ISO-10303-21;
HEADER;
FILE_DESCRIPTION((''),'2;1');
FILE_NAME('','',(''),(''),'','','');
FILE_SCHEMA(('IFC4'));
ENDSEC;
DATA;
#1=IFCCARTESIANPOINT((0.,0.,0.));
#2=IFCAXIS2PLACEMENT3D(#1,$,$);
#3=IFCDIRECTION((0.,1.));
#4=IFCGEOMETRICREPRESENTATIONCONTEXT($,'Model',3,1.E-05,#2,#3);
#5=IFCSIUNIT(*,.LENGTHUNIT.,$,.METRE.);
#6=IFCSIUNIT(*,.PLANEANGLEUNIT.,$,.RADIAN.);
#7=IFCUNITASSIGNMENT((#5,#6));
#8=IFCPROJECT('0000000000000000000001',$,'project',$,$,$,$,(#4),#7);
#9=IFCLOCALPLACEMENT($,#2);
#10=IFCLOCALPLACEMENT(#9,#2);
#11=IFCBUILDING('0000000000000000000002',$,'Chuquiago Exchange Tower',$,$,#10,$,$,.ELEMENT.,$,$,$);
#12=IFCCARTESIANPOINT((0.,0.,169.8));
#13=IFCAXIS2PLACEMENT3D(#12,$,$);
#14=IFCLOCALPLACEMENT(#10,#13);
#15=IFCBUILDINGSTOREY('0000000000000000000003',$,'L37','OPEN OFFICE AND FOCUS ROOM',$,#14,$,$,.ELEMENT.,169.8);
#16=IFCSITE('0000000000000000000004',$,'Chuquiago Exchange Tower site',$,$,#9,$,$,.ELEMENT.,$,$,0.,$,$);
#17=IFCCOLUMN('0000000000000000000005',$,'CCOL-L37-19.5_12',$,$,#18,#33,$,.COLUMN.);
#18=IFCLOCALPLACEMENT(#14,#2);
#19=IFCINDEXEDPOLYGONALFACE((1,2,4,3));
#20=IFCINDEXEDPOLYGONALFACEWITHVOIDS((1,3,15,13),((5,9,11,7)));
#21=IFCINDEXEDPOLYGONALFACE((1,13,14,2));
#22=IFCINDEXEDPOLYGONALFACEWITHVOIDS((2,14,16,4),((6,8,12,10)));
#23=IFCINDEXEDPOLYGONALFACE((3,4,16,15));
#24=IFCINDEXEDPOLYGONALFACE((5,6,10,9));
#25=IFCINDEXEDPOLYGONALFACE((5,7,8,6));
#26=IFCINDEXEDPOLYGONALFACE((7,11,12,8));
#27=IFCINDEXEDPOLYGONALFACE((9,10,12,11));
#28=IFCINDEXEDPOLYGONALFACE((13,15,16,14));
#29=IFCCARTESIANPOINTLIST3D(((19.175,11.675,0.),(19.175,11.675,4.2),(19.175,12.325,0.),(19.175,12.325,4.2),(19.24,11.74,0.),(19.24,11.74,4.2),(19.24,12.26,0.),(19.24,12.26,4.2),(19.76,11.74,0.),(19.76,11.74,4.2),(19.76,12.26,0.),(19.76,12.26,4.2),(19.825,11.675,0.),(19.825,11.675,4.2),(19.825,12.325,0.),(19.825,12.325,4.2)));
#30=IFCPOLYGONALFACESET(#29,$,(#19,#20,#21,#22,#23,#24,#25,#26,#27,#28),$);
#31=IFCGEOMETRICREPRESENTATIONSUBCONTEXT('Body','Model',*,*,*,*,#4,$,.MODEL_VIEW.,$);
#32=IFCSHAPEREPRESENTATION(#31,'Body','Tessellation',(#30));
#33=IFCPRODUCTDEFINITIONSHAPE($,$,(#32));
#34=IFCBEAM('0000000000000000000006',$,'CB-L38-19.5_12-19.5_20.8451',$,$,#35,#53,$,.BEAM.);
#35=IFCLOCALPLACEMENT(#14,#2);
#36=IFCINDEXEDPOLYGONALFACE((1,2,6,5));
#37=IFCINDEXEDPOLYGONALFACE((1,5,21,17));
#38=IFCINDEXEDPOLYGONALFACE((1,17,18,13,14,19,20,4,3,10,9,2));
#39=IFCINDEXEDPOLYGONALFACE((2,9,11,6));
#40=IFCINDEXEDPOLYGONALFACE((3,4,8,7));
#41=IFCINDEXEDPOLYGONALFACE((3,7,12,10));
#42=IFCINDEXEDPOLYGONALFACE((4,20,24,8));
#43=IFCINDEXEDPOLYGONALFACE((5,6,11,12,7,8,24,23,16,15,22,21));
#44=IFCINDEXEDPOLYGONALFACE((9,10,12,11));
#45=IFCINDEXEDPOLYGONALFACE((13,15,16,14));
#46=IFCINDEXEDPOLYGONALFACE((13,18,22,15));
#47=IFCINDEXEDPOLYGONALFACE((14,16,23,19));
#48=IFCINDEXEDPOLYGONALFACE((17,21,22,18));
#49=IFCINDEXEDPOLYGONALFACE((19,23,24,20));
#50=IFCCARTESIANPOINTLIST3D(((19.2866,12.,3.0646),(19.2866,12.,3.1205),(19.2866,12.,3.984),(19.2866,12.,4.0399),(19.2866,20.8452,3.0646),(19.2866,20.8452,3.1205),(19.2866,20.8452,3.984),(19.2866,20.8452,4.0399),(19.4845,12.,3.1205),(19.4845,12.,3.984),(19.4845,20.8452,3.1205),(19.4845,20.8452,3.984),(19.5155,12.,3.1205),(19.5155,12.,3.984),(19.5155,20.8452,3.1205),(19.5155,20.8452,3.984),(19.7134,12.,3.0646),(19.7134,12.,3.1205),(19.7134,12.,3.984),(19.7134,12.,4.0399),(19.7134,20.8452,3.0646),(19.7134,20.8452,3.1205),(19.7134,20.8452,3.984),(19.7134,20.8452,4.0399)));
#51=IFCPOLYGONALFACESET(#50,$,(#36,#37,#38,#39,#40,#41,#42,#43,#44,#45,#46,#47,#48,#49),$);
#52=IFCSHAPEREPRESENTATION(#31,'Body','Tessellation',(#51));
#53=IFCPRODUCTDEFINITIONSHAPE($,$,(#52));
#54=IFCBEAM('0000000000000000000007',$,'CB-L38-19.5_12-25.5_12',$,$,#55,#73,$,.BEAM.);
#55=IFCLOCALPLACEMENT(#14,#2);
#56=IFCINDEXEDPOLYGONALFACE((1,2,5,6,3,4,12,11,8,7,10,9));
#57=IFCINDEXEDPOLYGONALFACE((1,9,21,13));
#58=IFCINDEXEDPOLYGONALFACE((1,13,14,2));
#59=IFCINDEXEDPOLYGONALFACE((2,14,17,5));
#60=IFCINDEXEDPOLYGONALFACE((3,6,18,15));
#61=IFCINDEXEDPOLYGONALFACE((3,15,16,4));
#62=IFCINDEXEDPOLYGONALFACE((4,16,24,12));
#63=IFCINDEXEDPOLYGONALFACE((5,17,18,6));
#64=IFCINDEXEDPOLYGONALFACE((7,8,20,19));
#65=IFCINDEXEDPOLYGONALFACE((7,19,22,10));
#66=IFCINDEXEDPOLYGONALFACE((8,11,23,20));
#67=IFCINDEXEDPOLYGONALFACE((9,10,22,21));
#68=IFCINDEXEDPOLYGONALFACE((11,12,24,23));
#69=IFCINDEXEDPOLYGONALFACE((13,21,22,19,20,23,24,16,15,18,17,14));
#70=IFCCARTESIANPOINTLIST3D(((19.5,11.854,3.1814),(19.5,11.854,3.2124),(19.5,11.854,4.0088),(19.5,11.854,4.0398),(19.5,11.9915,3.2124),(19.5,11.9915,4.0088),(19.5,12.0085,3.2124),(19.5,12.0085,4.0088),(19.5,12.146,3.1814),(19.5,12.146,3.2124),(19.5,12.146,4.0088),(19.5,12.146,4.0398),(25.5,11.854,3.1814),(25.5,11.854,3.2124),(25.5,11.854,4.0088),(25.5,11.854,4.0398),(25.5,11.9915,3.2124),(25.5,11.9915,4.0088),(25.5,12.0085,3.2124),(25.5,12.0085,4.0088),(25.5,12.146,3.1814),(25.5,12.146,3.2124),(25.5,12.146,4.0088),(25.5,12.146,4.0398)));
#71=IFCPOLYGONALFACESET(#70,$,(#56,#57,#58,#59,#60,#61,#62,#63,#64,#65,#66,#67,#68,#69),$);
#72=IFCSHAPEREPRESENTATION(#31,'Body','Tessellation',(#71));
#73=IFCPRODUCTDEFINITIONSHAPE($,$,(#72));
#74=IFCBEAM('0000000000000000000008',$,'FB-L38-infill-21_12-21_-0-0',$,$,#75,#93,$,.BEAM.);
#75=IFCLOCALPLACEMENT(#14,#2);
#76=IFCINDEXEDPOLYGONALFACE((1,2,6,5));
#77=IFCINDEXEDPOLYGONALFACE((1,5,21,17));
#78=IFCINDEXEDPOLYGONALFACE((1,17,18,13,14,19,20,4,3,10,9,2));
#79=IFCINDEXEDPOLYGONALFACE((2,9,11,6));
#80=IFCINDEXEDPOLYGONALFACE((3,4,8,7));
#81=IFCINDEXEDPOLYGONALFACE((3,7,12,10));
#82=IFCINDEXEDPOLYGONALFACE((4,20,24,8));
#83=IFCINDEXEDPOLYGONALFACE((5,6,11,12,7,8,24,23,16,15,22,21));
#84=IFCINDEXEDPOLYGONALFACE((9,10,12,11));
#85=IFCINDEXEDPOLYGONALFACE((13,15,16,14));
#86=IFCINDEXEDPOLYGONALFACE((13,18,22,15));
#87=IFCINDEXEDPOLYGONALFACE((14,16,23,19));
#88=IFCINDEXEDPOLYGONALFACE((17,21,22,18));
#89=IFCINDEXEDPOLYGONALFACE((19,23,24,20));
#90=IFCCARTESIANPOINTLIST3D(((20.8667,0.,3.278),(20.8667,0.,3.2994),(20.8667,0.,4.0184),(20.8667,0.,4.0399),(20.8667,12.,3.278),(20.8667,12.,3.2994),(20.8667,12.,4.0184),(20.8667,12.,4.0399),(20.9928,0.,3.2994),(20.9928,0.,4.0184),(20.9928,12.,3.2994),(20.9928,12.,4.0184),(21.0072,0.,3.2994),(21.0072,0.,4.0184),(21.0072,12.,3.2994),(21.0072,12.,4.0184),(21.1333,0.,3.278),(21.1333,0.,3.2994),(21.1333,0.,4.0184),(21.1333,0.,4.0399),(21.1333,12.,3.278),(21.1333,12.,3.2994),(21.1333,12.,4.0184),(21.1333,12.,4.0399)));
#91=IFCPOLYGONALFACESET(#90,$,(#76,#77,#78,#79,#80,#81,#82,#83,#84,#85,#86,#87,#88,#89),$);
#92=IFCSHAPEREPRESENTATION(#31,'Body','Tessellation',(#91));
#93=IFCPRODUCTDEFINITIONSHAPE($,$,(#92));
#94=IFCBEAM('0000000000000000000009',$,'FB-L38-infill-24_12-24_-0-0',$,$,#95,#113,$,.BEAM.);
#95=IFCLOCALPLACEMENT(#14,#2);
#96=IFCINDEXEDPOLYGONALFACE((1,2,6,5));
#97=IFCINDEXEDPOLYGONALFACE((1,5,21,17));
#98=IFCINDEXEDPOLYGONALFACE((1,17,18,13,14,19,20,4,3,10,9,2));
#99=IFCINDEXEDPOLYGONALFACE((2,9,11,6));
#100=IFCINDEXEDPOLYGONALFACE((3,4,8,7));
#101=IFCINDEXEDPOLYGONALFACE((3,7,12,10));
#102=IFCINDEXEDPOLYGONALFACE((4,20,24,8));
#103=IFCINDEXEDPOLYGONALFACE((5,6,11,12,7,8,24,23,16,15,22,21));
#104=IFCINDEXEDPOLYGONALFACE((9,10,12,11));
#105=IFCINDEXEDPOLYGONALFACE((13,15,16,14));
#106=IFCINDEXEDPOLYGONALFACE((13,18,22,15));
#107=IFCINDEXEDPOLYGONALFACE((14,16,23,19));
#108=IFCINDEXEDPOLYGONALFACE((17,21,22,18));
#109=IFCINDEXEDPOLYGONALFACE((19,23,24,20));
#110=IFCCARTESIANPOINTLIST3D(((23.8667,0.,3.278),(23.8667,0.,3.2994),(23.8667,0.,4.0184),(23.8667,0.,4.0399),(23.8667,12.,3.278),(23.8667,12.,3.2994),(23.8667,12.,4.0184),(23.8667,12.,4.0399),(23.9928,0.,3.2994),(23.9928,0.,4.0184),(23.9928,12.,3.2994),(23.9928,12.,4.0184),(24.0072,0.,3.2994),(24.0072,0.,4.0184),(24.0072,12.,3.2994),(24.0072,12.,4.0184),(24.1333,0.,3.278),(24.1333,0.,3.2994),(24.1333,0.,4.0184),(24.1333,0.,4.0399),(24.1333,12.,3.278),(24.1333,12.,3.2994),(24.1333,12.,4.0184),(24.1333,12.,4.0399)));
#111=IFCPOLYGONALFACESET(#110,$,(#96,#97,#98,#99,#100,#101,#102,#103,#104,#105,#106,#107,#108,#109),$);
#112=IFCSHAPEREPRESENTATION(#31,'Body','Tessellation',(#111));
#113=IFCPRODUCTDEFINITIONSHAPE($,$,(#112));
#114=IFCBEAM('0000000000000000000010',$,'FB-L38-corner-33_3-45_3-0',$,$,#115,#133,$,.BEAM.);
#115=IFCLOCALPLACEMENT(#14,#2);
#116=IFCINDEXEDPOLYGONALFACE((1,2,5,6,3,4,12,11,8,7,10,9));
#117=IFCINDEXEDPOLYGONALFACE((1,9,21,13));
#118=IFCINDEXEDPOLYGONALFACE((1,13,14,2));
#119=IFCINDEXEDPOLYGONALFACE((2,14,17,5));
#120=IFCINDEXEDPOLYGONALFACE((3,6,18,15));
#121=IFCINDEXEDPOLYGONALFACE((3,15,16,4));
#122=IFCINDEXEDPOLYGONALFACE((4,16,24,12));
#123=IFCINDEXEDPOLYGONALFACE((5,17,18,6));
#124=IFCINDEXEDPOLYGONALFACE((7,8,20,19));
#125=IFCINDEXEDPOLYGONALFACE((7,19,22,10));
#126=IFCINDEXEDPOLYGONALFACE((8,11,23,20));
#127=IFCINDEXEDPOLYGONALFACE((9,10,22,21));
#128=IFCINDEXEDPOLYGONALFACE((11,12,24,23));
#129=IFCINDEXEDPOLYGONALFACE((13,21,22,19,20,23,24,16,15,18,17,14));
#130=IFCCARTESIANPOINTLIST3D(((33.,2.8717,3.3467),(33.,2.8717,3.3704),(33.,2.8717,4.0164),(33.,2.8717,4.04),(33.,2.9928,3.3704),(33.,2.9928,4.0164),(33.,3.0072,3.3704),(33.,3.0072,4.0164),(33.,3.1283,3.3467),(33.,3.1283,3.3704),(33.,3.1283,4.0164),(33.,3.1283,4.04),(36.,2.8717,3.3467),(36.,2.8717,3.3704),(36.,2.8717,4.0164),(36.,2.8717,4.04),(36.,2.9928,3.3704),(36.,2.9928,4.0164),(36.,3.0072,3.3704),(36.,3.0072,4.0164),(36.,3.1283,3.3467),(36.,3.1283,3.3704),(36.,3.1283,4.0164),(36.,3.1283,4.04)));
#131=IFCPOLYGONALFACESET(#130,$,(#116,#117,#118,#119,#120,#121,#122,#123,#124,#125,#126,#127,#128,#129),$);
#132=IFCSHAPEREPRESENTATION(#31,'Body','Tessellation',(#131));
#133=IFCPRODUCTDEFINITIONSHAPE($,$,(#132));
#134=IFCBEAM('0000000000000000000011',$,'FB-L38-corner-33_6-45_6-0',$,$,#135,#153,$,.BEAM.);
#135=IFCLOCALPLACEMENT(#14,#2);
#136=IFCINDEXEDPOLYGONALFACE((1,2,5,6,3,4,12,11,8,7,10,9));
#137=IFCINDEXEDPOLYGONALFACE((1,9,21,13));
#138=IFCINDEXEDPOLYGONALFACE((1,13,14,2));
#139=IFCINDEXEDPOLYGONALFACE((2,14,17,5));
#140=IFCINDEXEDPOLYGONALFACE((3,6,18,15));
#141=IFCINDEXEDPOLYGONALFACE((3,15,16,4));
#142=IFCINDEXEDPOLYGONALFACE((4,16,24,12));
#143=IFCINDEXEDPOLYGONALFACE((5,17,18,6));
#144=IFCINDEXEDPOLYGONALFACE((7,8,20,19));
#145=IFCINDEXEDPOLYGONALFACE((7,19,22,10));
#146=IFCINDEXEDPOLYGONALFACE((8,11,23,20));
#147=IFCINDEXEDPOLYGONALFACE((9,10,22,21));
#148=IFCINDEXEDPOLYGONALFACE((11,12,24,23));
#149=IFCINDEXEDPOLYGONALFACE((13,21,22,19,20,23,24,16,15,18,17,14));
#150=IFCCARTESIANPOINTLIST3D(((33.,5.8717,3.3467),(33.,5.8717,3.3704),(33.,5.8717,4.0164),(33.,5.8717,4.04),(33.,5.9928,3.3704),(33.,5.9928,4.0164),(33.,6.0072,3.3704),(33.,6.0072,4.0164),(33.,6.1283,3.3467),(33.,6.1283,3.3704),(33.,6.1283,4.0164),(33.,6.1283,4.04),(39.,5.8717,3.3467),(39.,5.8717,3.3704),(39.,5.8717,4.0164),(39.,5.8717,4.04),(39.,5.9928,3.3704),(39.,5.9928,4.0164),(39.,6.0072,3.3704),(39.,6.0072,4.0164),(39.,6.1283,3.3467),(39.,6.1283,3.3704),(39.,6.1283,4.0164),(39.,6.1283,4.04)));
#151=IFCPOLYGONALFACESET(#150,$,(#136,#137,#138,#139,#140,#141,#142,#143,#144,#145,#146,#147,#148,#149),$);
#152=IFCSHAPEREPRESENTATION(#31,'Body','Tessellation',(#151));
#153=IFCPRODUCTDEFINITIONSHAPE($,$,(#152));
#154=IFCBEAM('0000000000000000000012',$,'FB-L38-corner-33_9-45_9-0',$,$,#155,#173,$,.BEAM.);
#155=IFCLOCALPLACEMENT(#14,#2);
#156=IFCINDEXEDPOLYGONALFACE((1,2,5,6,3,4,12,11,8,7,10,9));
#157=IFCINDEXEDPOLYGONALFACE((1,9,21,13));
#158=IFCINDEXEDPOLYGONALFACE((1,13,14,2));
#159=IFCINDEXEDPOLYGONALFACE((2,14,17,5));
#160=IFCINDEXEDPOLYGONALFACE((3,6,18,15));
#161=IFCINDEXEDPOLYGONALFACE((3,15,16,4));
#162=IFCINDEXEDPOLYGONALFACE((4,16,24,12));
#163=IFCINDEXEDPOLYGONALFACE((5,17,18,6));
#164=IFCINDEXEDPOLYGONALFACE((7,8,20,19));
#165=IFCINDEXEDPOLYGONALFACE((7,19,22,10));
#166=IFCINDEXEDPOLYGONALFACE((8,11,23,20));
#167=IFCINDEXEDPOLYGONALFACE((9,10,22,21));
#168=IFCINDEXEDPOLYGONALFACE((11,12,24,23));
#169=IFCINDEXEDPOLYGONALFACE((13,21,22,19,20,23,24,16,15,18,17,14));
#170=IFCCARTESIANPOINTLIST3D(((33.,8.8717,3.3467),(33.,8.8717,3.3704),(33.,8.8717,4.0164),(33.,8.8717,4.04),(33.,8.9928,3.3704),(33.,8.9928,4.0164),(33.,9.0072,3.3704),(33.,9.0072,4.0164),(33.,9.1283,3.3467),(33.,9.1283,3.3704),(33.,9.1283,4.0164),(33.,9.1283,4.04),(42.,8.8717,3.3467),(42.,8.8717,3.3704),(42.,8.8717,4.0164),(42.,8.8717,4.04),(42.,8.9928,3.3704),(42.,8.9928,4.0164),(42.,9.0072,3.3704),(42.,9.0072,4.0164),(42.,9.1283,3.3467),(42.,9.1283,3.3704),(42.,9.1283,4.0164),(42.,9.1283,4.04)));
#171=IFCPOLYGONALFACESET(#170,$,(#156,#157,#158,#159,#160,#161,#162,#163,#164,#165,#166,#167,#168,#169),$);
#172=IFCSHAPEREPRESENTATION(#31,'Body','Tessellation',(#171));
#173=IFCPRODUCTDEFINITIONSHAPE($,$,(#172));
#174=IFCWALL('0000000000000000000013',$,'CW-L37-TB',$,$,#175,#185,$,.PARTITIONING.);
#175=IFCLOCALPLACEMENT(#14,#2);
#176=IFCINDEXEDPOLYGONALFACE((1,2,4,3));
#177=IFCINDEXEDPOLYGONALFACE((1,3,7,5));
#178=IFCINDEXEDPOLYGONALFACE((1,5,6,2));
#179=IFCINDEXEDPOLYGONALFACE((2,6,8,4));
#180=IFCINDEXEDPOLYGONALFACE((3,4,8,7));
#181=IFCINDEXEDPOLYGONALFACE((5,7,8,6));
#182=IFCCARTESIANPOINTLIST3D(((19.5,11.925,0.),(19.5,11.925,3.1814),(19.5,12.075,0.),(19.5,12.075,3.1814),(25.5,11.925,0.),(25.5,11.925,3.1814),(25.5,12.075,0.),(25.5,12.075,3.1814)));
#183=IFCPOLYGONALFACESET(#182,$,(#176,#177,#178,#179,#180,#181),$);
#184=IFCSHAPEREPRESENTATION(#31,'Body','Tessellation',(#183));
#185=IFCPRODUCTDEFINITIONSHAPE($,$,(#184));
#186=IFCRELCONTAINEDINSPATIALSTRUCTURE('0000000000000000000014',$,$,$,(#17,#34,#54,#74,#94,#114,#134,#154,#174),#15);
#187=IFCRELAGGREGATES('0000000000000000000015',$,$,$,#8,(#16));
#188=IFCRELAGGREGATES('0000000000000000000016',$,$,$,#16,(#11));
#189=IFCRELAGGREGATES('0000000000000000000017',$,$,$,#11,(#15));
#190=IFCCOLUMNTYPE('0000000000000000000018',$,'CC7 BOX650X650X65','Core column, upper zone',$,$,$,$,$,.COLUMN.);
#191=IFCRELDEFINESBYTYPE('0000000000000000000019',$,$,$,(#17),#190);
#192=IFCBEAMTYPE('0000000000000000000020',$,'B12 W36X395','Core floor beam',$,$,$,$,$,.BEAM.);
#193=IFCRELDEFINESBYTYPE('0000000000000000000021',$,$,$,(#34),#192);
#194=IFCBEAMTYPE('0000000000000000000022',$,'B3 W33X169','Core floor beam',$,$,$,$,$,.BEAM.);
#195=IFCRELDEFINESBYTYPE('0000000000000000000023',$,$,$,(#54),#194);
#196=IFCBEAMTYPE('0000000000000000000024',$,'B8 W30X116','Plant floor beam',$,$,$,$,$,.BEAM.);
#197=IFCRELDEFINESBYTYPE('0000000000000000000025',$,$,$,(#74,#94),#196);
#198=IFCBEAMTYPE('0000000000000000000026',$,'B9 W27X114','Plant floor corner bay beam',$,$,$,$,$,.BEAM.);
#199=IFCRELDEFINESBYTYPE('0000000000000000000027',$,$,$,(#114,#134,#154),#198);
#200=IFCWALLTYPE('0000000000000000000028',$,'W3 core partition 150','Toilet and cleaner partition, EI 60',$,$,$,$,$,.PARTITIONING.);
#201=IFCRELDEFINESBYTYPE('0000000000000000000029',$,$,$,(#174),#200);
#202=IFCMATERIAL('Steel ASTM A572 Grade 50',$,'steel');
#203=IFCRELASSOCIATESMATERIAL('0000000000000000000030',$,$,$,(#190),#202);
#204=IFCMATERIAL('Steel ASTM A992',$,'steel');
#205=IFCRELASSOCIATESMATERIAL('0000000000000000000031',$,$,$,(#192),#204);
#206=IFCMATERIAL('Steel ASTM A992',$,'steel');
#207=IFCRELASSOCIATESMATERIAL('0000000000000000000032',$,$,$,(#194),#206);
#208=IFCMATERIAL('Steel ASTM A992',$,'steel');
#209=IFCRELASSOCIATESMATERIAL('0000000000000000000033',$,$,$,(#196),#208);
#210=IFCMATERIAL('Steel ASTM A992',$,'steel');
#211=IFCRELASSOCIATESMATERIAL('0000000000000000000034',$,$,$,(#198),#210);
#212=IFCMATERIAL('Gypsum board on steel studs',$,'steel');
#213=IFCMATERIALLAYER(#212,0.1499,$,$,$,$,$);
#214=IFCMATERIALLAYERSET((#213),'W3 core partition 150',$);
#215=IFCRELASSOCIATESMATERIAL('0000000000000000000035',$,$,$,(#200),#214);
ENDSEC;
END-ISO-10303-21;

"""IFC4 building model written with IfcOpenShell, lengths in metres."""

from ifc_helpers import new_model, si_unit, direction, frame, frame_2d, origin, origin_2d, place, context, subcontext, project, spatial, rectangle, hollow_rectangle, i_section, extrude, material, layer, layer_set, material_profile, profile_set, type_object, element, save


model = new_model("IFC4")

# Units and contexts
model_context = context("Model", 3, precision=1e-05, world=origin(), true_north=direction((0.0, 1.0)))
body_context = subcontext(model_context, "Body", "Model", "MODEL_VIEW")
ifc_project = project(units=[si_unit("LENGTHUNIT", "METRE"), si_unit("PLANEANGLEUNIT", "RADIAN")], contexts=[model_context])

# Site, building, storey
site_placement = place(None, origin())
site = spatial("IfcSite", under=ifc_project, at=site_placement, Name="Chuquiago Exchange Tower site", CompositionType="ELEMENT", RefElevation=0.0)
building_placement = place(site_placement, origin())
building = spatial("IfcBuilding", under=site, at=building_placement, Name="Chuquiago Exchange Tower", CompositionType="ELEMENT")
storey_placement = place(building_placement, frame((0.0, 0.0, 169.8)))
storey = spatial("IfcBuildingStorey", under=building, at=storey_placement, Name="L37", Description="OPEN OFFICE AND FOCUS ROOM", CompositionType="ELEMENT", Elevation=169.8)

# Column
ifc_material_1 = material(Name="Steel ASTM A572 Grade 50", Category="steel")
ifc_material_profile_1 = material_profile(ifc_material_1, hollow_rectangle(XDim=0.6499, YDim=0.6499, WallThickness=0.0649, at=origin_2d()), Name="BOX650X650X65")
ifc_profile_set_1 = profile_set([ifc_material_profile_1], Name="Steel ASTM A572 Grade 50")
column_type = type_object("IfcColumnType", Name="CC7 BOX650X650X65", Description="Core column, upper zone", PredefinedType="COLUMN", material=ifc_profile_set_1)
column_placement = place(storey_placement, frame((19.5, 12.0, 0.0), z_axis=(0.0, 0.0, 1.0), x_axis=(1.0, 0.0, 0.0)))
element("IfcColumn", 1, at=column_placement, inside=storey, type_object=column_type, Name="CCOL-L37-19.5_12", PredefinedType="COLUMN", context=body_context, shape_type="SweptSolid", body=[
    extrude(hollow_rectangle(XDim=0.6499, YDim=0.6499, WallThickness=0.0649, at=origin_2d()), origin(), (0.0, 0.0, 1.0), 4.2),
])

# Beams
ifc_material_2 = material(Name="Steel ASTM A992", Category="steel")
ifc_material_profile_2 = material_profile(ifc_material_2, i_section(OverallWidth=0.4268, OverallDepth=0.9753, WebThickness=0.031, FlangeThickness=0.0559, at=origin_2d()), Name="W36X395")
ifc_profile_set_2 = profile_set([ifc_material_profile_2], Name="Steel ASTM A992")
beam_type_1 = type_object("IfcBeamType", Name="B12 W36X395", Description="Core floor beam", PredefinedType="BEAM", material=ifc_profile_set_2)
beam_1_placement = place(storey_placement, frame((19.5, 12.0, 3.5522), z_axis=(0.0, 1.0, 0.0), x_axis=(-1.0, 0.0, 0.0)))
element("IfcBeam", 2, at=beam_1_placement, inside=storey, type_object=beam_type_1, Name="CB-L38-19.5_12-19.5_20.8451", PredefinedType="BEAM", context=body_context, shape_type="SweptSolid", body=[
    extrude(i_section(OverallWidth=0.4268, OverallDepth=0.9753, WebThickness=0.031, FlangeThickness=0.0559, at=origin_2d()), origin(), (0.0, 0.0, 1.0), 8.8452),
])
ifc_material_3 = material(Name="Steel ASTM A992", Category="steel")
ifc_material_profile_3 = material_profile(ifc_material_3, i_section(OverallWidth=0.292, OverallDepth=0.8584, WebThickness=0.0171, FlangeThickness=0.031, at=origin_2d()), Name="W33X169")
ifc_profile_set_3 = profile_set([ifc_material_profile_3], Name="Steel ASTM A992")
beam_type_2 = type_object("IfcBeamType", Name="B3 W33X169", Description="Core floor beam", PredefinedType="BEAM", material=ifc_profile_set_3)
beam_2_placement = place(storey_placement, frame((19.5, 12.0, 3.6106), z_axis=(1.0, 0.0, 0.0), x_axis=(0.0, 1.0, 0.0)))
element("IfcBeam", 3, at=beam_2_placement, inside=storey, type_object=beam_type_2, Name="CB-L38-19.5_12-25.5_12", PredefinedType="BEAM", context=body_context, shape_type="SweptSolid", body=[
    extrude(i_section(OverallWidth=0.292, OverallDepth=0.8584, WebThickness=0.0171, FlangeThickness=0.031, at=origin_2d()), origin(), (0.0, 0.0, 1.0), 6.0),
])
ifc_material_4 = material(Name="Steel ASTM A992", Category="steel")
ifc_material_profile_4 = material_profile(ifc_material_4, i_section(OverallWidth=0.2666, OverallDepth=0.762, WebThickness=0.0144, FlangeThickness=0.0215, at=origin_2d()), Name="W30X116")
ifc_profile_set_4 = profile_set([ifc_material_profile_4], Name="Steel ASTM A992")
beam_type_3 = type_object("IfcBeamType", Name="B8 W30X116", Description="Plant floor beam", PredefinedType="BEAM", material=ifc_profile_set_4)
for number, where, z_axis, x_axis, name in (
    (4, (21.0, 12.0, 3.6589), (0.0, -1.0, 0.0), (1.0, 0.0, 0.0), "FB-L38-infill-21_12-21_-0-0"),
    (5, (24.0, 12.0, 3.6589), (0.0, -1.0, 0.0), (1.0, 0.0, 0.0), "FB-L38-infill-24_12-24_-0-0"),
):
    element("IfcBeam", number, at=place(storey_placement, frame(where, z_axis=z_axis, x_axis=x_axis)), inside=storey, type_object=beam_type_3, Name=name, PredefinedType="BEAM", context=body_context, shape_type="SweptSolid", body=[
        extrude(i_section(OverallWidth=0.2666, OverallDepth=0.762, WebThickness=0.0144, FlangeThickness=0.0215, at=origin_2d()), origin(), (0.0, 0.0, 1.0), 12.0),
    ])
ifc_material_5 = material(Name="Steel ASTM A992", Category="steel")
ifc_material_profile_5 = material_profile(ifc_material_5, i_section(OverallWidth=0.2566, OverallDepth=0.6934, WebThickness=0.0144, FlangeThickness=0.0237, at=origin_2d()), Name="W27X114")
ifc_profile_set_5 = profile_set([ifc_material_profile_5], Name="Steel ASTM A992")
beam_type_4 = type_object("IfcBeamType", Name="B9 W27X114", Description="Plant floor corner bay beam", PredefinedType="BEAM", material=ifc_profile_set_5)
beam_3_placement = place(storey_placement, frame((33.0, 3.0, 3.6934), z_axis=(1.0, 0.0, 0.0), x_axis=(0.0, 1.0, 0.0)))
element("IfcBeam", 6, at=beam_3_placement, inside=storey, type_object=beam_type_4, Name="FB-L38-corner-33_3-45_3-0", PredefinedType="BEAM", context=body_context, shape_type="SweptSolid", body=[
    extrude(i_section(OverallWidth=0.2566, OverallDepth=0.6934, WebThickness=0.0144, FlangeThickness=0.0237, at=origin_2d()), origin(), (0.0, 0.0, 1.0), 3.0),
])
beam_4_placement = place(storey_placement, frame((33.0, 6.0, 3.6934), z_axis=(1.0, 0.0, 0.0), x_axis=(0.0, 1.0, 0.0)))
element("IfcBeam", 7, at=beam_4_placement, inside=storey, type_object=beam_type_4, Name="FB-L38-corner-33_6-45_6-0", PredefinedType="BEAM", context=body_context, shape_type="SweptSolid", body=[
    extrude(i_section(OverallWidth=0.2566, OverallDepth=0.6934, WebThickness=0.0144, FlangeThickness=0.0237, at=origin_2d()), origin(), (0.0, 0.0, 1.0), 6.0),
])
beam_5_placement = place(storey_placement, frame((33.0, 9.0, 3.6934), z_axis=(1.0, 0.0, 0.0), x_axis=(0.0, 1.0, 0.0)))
element("IfcBeam", 8, at=beam_5_placement, inside=storey, type_object=beam_type_4, Name="FB-L38-corner-33_9-45_9-0", PredefinedType="BEAM", context=body_context, shape_type="SweptSolid", body=[
    extrude(i_section(OverallWidth=0.2566, OverallDepth=0.6934, WebThickness=0.0144, FlangeThickness=0.0237, at=origin_2d()), origin(), (0.0, 0.0, 1.0), 9.0),
])

# Wall
ifc_material_6 = material(Name="Gypsum board on steel studs", Category="steel")
ifc_layer_1 = layer(ifc_material_6, 0.1499)
ifc_layer_set_1 = layer_set([ifc_layer_1], Name="W3 core partition 150")
wall_type_1 = type_object("IfcWallType", Name="W3 core partition 150", Description="Toilet and cleaner partition, EI 60", PredefinedType="PARTITIONING", material=ifc_layer_set_1)
wall_1_placement = place(storey_placement, frame((19.5, 12.0, 0.0), z_axis=(0.0, 0.0, 1.0), x_axis=(1.0, 0.0, 0.0)))
element("IfcWall", 9, at=wall_1_placement, inside=storey, type_object=wall_type_1, Name="CW-L37-TB", PredefinedType="PARTITIONING", context=body_context, shape_type="SweptSolid", body=[
    extrude(rectangle(XDim=6.0, YDim=0.1499, at=frame_2d((3.0, 0.0))), origin(), (0.0, 0.0, 1.0), 3.1814),
])

save(model, "model.ifc")
